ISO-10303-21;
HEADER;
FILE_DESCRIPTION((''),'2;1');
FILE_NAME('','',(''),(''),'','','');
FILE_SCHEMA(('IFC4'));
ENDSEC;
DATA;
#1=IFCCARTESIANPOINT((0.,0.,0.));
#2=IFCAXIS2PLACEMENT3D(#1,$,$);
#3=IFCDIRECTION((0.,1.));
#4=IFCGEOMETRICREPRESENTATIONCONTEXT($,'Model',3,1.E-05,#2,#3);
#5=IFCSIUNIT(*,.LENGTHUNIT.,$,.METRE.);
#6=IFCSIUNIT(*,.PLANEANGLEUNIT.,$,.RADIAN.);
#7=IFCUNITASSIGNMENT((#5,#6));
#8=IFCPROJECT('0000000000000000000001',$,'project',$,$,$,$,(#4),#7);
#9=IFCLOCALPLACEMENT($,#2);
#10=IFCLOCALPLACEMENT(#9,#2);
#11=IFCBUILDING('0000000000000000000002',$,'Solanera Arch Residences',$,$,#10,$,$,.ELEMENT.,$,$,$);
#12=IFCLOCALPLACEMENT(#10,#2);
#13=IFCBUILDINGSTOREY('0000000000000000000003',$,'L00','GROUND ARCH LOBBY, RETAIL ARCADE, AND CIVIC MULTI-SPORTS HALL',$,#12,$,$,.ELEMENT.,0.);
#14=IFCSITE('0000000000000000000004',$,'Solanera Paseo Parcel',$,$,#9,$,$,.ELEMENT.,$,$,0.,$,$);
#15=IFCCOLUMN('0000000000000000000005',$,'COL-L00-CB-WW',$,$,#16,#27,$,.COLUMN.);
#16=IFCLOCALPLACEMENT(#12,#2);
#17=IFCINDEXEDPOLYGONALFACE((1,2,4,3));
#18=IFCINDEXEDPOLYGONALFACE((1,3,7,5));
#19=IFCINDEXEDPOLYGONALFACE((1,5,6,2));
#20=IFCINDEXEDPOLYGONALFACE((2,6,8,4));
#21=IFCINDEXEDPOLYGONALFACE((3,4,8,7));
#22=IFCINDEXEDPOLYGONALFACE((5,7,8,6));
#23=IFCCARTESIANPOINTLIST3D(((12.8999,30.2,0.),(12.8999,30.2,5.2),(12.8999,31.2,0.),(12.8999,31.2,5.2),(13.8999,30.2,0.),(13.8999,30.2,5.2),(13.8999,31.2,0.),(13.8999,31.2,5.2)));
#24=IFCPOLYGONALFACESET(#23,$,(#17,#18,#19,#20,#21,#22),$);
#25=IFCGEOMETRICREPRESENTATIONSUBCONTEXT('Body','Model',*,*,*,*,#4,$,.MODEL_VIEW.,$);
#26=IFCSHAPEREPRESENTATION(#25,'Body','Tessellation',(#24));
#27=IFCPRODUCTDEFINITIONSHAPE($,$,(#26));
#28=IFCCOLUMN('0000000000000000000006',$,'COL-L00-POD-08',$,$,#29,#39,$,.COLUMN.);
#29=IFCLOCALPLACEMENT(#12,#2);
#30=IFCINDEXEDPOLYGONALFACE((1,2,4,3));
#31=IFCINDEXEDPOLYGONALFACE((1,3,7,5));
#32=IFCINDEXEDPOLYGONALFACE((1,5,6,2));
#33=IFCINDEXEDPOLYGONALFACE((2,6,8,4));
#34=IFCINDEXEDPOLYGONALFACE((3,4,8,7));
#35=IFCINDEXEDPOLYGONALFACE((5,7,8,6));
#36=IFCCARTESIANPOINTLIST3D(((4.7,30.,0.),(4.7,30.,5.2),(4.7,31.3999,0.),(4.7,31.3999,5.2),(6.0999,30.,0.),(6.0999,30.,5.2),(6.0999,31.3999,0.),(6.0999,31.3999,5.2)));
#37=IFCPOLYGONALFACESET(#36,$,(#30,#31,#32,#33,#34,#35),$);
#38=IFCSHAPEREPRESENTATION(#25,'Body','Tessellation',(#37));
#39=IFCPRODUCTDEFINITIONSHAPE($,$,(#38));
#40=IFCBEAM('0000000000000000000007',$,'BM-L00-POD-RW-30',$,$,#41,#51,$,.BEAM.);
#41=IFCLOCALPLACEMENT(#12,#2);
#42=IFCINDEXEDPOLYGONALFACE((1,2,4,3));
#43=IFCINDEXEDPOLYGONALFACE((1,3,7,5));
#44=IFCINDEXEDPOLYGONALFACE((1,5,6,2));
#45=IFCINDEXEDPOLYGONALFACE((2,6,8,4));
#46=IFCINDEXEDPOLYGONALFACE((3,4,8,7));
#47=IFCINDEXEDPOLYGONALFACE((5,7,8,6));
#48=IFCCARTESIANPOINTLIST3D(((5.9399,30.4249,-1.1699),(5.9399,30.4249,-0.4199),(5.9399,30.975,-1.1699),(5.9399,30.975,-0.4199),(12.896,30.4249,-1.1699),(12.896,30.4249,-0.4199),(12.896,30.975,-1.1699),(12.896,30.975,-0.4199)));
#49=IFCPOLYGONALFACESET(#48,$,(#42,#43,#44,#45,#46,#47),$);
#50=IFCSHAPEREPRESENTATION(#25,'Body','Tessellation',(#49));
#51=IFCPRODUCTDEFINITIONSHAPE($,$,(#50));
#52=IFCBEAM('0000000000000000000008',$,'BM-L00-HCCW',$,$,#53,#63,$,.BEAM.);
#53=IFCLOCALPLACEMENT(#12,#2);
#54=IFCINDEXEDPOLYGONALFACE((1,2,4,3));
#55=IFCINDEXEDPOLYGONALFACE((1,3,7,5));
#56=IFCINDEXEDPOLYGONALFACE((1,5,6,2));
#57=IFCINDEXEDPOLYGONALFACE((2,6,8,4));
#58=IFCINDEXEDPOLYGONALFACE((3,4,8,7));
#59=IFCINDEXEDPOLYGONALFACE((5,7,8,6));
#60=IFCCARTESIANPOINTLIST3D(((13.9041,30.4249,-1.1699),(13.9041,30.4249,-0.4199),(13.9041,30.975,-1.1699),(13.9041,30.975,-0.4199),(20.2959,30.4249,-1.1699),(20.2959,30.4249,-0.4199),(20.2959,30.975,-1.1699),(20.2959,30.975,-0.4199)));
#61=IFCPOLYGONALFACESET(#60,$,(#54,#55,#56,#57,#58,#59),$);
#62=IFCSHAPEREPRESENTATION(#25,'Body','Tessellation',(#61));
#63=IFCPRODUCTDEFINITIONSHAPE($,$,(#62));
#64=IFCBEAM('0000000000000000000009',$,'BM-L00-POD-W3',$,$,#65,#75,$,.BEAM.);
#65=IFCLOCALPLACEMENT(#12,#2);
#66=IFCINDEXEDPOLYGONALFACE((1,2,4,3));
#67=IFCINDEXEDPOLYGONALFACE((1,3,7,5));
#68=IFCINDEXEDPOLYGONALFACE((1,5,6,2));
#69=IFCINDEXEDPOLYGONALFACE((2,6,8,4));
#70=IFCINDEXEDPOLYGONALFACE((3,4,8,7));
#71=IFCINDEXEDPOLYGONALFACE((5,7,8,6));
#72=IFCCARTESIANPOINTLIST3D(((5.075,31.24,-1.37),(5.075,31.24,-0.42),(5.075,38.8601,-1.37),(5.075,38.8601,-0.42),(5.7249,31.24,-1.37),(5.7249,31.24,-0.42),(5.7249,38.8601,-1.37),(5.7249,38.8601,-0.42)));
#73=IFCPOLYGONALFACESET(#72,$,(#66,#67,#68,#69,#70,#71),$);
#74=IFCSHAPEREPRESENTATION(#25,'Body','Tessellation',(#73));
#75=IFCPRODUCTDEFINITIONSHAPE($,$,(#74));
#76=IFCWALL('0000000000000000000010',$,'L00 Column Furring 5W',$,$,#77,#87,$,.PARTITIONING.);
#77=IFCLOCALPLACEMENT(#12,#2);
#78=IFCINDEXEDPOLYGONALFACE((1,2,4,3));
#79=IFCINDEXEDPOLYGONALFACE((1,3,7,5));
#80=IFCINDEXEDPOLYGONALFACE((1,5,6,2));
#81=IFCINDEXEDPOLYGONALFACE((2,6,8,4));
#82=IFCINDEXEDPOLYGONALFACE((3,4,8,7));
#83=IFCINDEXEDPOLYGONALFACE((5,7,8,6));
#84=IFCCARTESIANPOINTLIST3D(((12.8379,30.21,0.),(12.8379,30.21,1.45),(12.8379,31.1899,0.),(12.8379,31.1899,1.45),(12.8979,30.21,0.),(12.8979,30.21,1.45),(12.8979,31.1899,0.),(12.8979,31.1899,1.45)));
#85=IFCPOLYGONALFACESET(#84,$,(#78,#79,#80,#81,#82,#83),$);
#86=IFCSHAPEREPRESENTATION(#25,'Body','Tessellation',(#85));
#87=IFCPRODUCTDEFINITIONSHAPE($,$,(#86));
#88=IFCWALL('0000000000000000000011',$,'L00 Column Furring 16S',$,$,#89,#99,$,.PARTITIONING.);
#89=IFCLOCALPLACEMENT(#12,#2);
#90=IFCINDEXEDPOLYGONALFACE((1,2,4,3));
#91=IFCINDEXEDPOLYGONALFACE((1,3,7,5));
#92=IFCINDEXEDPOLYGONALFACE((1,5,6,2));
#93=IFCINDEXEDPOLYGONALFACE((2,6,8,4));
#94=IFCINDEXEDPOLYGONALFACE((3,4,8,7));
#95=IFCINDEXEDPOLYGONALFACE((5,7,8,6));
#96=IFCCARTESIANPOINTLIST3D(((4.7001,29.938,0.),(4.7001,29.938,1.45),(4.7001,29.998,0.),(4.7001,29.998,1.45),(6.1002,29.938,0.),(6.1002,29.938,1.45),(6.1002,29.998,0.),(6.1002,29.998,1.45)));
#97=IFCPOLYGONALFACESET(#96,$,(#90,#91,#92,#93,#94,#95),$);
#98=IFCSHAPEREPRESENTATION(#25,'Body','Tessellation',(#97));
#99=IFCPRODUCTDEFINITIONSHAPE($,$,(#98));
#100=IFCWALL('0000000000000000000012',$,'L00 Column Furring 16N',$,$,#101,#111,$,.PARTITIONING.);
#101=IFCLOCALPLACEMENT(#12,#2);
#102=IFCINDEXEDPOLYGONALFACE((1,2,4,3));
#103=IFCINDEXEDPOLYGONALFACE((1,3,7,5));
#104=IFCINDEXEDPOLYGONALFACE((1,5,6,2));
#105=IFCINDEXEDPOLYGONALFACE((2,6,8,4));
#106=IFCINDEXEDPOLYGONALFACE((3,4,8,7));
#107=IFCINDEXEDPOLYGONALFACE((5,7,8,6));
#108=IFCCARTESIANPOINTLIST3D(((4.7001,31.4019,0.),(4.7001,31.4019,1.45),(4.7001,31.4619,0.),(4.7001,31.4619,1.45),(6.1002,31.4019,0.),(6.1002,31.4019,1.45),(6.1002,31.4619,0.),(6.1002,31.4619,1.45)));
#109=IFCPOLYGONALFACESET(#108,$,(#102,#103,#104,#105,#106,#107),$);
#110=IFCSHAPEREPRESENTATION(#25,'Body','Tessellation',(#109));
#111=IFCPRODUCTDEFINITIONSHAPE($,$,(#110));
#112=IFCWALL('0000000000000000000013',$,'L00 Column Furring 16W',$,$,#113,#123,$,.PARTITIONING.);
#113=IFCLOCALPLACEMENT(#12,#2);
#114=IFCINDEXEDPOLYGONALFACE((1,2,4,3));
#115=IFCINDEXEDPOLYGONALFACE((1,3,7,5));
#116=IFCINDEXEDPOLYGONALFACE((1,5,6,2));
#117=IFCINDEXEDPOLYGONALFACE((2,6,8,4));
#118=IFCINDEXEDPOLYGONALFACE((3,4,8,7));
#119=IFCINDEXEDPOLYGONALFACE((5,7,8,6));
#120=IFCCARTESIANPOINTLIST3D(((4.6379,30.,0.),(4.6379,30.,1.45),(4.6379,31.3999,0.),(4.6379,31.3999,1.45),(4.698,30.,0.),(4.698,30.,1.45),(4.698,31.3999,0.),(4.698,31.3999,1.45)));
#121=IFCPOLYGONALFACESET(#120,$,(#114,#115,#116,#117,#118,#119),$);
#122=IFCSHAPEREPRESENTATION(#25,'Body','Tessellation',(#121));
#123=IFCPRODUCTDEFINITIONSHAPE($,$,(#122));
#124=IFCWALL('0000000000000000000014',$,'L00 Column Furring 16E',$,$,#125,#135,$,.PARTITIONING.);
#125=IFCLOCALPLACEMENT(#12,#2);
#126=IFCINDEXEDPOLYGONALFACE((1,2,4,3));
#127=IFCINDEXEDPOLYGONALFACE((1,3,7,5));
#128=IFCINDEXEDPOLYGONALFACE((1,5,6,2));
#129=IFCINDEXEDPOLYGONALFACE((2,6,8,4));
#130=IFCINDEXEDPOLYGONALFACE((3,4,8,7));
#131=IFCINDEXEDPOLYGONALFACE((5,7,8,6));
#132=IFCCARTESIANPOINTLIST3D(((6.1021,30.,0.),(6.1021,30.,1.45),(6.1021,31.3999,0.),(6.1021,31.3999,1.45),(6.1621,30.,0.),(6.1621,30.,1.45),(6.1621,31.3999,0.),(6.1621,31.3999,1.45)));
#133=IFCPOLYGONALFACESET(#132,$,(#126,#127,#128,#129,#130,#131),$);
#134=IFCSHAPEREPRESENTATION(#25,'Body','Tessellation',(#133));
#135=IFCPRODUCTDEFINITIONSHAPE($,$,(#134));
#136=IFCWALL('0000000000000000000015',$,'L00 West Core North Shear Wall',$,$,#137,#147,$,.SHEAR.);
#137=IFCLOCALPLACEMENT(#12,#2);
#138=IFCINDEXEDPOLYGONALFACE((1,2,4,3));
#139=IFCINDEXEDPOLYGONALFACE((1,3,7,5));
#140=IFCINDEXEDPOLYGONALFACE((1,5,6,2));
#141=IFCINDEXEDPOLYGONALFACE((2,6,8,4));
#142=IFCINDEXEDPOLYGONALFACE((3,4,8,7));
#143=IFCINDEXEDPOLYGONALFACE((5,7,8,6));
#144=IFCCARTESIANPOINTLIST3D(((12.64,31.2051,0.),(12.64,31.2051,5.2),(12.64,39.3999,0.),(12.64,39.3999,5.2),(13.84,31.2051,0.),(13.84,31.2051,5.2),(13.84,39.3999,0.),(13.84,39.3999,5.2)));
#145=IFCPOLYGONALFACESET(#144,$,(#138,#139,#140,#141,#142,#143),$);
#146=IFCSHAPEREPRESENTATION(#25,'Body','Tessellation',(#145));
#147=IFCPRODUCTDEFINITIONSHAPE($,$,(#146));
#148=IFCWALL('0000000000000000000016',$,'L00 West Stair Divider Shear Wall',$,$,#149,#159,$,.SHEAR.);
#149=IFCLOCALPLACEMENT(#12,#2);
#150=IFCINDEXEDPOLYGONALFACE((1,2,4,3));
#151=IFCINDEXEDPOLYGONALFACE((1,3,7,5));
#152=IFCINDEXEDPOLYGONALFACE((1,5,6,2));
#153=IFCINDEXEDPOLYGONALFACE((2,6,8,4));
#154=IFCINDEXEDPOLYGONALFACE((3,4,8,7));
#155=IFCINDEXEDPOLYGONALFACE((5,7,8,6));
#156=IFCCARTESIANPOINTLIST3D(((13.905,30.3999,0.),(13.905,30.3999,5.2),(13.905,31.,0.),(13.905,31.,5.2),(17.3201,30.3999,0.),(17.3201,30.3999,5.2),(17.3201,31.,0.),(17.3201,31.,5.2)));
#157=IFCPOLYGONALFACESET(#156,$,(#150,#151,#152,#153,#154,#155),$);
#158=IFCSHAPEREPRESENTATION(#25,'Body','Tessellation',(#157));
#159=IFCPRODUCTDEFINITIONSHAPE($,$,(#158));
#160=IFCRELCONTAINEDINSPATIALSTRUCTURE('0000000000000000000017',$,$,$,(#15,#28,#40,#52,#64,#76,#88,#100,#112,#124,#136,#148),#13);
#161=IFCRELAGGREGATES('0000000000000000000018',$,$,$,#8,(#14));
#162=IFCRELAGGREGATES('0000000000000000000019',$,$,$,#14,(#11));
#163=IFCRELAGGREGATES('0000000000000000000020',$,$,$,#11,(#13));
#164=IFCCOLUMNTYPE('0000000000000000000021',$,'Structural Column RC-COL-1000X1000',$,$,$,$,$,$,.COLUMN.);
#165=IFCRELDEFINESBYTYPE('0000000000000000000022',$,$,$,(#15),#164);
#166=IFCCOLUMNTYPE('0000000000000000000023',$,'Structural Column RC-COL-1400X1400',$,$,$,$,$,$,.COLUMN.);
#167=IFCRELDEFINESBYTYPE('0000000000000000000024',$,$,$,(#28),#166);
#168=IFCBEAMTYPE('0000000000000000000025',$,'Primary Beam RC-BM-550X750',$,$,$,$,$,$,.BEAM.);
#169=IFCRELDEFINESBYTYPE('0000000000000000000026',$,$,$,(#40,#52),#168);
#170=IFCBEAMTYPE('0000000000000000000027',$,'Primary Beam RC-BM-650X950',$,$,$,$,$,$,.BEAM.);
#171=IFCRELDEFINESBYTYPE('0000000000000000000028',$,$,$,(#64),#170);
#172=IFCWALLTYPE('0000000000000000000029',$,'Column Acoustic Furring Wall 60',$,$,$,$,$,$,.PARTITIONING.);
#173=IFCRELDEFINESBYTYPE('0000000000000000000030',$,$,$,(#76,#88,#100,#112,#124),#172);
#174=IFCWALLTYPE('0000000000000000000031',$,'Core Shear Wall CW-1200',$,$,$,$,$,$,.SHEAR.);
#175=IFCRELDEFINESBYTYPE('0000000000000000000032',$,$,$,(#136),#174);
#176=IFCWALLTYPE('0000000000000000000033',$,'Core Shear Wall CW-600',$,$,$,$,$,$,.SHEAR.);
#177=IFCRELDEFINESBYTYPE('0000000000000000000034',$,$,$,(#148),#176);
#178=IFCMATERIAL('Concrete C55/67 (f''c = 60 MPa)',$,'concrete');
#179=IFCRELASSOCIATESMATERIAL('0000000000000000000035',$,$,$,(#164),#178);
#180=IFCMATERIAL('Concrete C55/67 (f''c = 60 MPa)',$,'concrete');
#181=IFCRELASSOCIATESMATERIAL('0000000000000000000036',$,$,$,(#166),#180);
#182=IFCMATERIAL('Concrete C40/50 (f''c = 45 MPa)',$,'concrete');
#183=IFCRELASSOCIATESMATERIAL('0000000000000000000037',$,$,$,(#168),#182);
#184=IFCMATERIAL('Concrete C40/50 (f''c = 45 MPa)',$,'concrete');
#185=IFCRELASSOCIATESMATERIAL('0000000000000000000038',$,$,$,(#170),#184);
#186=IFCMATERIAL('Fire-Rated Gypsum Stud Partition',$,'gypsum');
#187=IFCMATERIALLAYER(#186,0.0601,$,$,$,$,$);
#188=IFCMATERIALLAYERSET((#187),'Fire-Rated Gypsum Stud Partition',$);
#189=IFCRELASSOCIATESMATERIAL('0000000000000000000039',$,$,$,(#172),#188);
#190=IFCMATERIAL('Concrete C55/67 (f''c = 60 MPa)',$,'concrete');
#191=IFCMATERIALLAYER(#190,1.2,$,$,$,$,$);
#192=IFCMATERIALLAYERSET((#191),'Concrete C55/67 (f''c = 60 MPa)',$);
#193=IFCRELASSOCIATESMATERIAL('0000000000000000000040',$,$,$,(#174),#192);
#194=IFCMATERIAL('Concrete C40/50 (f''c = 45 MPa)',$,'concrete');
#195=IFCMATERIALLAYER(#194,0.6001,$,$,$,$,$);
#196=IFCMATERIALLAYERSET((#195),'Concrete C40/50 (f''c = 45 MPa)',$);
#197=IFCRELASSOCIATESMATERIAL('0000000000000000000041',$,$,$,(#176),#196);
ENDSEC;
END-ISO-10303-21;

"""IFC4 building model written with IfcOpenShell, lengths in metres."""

from ifc_helpers import new_model, si_unit, direction, frame, frame_2d, origin, origin_2d, place, context, subcontext, project, spatial, rectangle, extrude, material, layer, layer_set, material_profile, profile_set, type_object, element, save


model = new_model("IFC4")

# Units and contexts
model_context = context("Model", 3, precision=1e-05, world=origin(), true_north=direction((0.0, 1.0)))
body_context = subcontext(model_context, "Body", "Model", "MODEL_VIEW")
ifc_project = project(units=[si_unit("LENGTHUNIT", "METRE"), si_unit("PLANEANGLEUNIT", "RADIAN")], contexts=[model_context])

# Site, building, storey
site_placement = place(None, origin())
site = spatial("IfcSite", under=ifc_project, at=site_placement, Name="Solanera Paseo Parcel", CompositionType="ELEMENT", RefElevation=0.0)
building_placement = place(site_placement, origin())
building = spatial("IfcBuilding", under=site, at=building_placement, Name="Solanera Arch Residences", CompositionType="ELEMENT")
storey_placement = place(building_placement, origin())
storey = spatial("IfcBuildingStorey", under=building, at=storey_placement, Name="L00", Description="GROUND ARCH LOBBY, RETAIL ARCADE, AND CIVIC MULTI-SPORTS HALL", CompositionType="ELEMENT", Elevation=0.0)

# Columns
ifc_material_1 = material(Name="Concrete C55/67 (f'c = 60 MPa)", Category="concrete")
ifc_material_profile_1 = material_profile(ifc_material_1, rectangle(XDim=1.0, YDim=1.0, at=origin_2d()))
ifc_profile_set_1 = profile_set([ifc_material_profile_1], Name="Concrete C55/67 (f'c = 60 MPa)")
column_type_1 = type_object("IfcColumnType", Name="Structural Column RC-COL-1000X1000", PredefinedType="COLUMN", material=ifc_profile_set_1)
column_1_placement = place(storey_placement, frame((13.3999, 30.7, 0.0), z_axis=(0.0, 0.0, 1.0), x_axis=(1.0, 0.0, 0.0)))
element("IfcColumn", 1, at=column_1_placement, inside=storey, type_object=column_type_1, Name="COL-L00-CB-WW", PredefinedType="COLUMN", context=body_context, shape_type="SweptSolid", body=[
    extrude(rectangle(XDim=1.0, YDim=1.0, at=origin_2d()), origin(), (0.0, 0.0, 1.0), 5.2),
])
ifc_material_2 = material(Name="Concrete C55/67 (f'c = 60 MPa)", Category="concrete")
ifc_material_profile_2 = material_profile(ifc_material_2, rectangle(XDim=1.3999, YDim=1.3999, at=origin_2d()))
ifc_profile_set_2 = profile_set([ifc_material_profile_2], Name="Concrete C55/67 (f'c = 60 MPa)")
column_type_2 = type_object("IfcColumnType", Name="Structural Column RC-COL-1400X1400", PredefinedType="COLUMN", material=ifc_profile_set_2)
column_2_placement = place(storey_placement, frame((5.3999, 30.7, 0.0), z_axis=(0.0, 0.0, 1.0), x_axis=(1.0, 0.0, 0.0)))
element("IfcColumn", 2, at=column_2_placement, inside=storey, type_object=column_type_2, Name="COL-L00-POD-08", PredefinedType="COLUMN", context=body_context, shape_type="SweptSolid", body=[
    extrude(rectangle(XDim=1.3999, YDim=1.3999, at=origin_2d()), origin(), (0.0, 0.0, 1.0), 5.2),
])

# Beams
ifc_material_3 = material(Name="Concrete C40/50 (f'c = 45 MPa)", Category="concrete")
ifc_material_profile_3 = material_profile(ifc_material_3, rectangle(XDim=0.55, YDim=0.75, at=origin_2d()))
ifc_profile_set_3 = profile_set([ifc_material_profile_3], Name="Concrete C40/50 (f'c = 45 MPa)")
beam_type_1 = type_object("IfcBeamType", Name="Primary Beam RC-BM-550X750", PredefinedType="BEAM", material=ifc_profile_set_3)
beam_1_placement = place(storey_placement, frame((5.9399, 30.7, -0.7949), z_axis=(1.0, 0.0, 0.0), x_axis=(0.0, 1.0, 0.0)))
element("IfcBeam", 3, at=beam_1_placement, inside=storey, type_object=beam_type_1, Name="BM-L00-POD-RW-30", PredefinedType="BEAM", context=body_context, shape_type="SweptSolid", body=[
    extrude(rectangle(XDim=0.55, YDim=0.75, at=origin_2d()), origin(), (0.0, 0.0, 1.0), 6.9561),
])
beam_2_placement = place(storey_placement, frame((13.9041, 30.7, -0.7949), z_axis=(1.0, 0.0, 0.0), x_axis=(0.0, 1.0, 0.0)))
element("IfcBeam", 4, at=beam_2_placement, inside=storey, type_object=beam_type_1, Name="BM-L00-HCCW", PredefinedType="BEAM", context=body_context, shape_type="SweptSolid", body=[
    extrude(rectangle(XDim=0.55, YDim=0.75, at=origin_2d()), origin(), (0.0, 0.0, 1.0), 6.3918),
])
ifc_material_4 = material(Name="Concrete C40/50 (f'c = 45 MPa)", Category="concrete")
ifc_material_profile_4 = material_profile(ifc_material_4, rectangle(XDim=0.6499, YDim=0.95, at=origin_2d()))
ifc_profile_set_4 = profile_set([ifc_material_profile_4], Name="Concrete C40/50 (f'c = 45 MPa)")
beam_type_2 = type_object("IfcBeamType", Name="Primary Beam RC-BM-650X950", PredefinedType="BEAM", material=ifc_profile_set_4)
beam_3_placement = place(storey_placement, frame((5.3999, 31.24, -0.895), z_axis=(0.0, 1.0, 0.0), x_axis=(-1.0, 0.0, 0.0)))
element("IfcBeam", 5, at=beam_3_placement, inside=storey, type_object=beam_type_2, Name="BM-L00-POD-W3", PredefinedType="BEAM", context=body_context, shape_type="SweptSolid", body=[
    extrude(rectangle(XDim=0.6499, YDim=0.95, at=origin_2d()), origin(), (0.0, 0.0, 1.0), 7.6201),
])

# Walls
ifc_material_5 = material(Name="Fire-Rated Gypsum Stud Partition", Category="gypsum")
ifc_layer_1 = layer(ifc_material_5, 0.0601)
ifc_layer_set_1 = layer_set([ifc_layer_1], Name="Fire-Rated Gypsum Stud Partition")
wall_type_1 = type_object("IfcWallType", Name="Column Acoustic Furring Wall 60", PredefinedType="PARTITIONING", material=ifc_layer_set_1)
wall_1_placement = place(storey_placement, frame((12.8679, 30.21, 0.0), z_axis=(0.0, 0.0, 1.0), x_axis=(0.0, 1.0, 0.0)))
element("IfcWall", 6, at=wall_1_placement, inside=storey, type_object=wall_type_1, Name="L00 Column Furring 5W", PredefinedType="PARTITIONING", context=body_context, shape_type="SweptSolid", body=[
    extrude(rectangle(XDim=0.98, YDim=0.0601, at=frame_2d((0.49, 0.0))), origin(), (0.0, 0.0, 1.0), 1.45),
])
for number, where, z_axis, x_axis, name in (
    (7, (4.7, 29.968, 0.0), (0.0, 0.0, 1.0), (1.0, 0.0, 0.0), "L00 Column Furring 16S"),
    (8, (4.7, 31.4319, 0.0), (0.0, 0.0, 1.0), (1.0, 0.0, 0.0), "L00 Column Furring 16N"),
):
    element("IfcWall", number, at=place(storey_placement, frame(where, z_axis=z_axis, x_axis=x_axis)), inside=storey, type_object=wall_type_1, Name=name, PredefinedType="PARTITIONING", context=body_context, shape_type="SweptSolid", body=[
        extrude(rectangle(XDim=1.4001, YDim=0.0601, at=frame_2d((0.7002, 0.0))), origin(), (0.0, 0.0, 1.0), 1.45),
    ])
for number, where, z_axis, x_axis, name in (
    (9, (4.668, 30.0, 0.0), (0.0, 0.0, 1.0), (0.0, 1.0, 0.0), "L00 Column Furring 16W"),
    (10, (6.1321, 30.0, 0.0), (0.0, 0.0, 1.0), (0.0, 1.0, 0.0), "L00 Column Furring 16E"),
):
    element("IfcWall", number, at=place(storey_placement, frame(where, z_axis=z_axis, x_axis=x_axis)), inside=storey, type_object=wall_type_1, Name=name, PredefinedType="PARTITIONING", context=body_context, shape_type="SweptSolid", body=[
        extrude(rectangle(XDim=1.3999, YDim=0.0601, at=frame_2d((0.7, 0.0))), origin(), (0.0, 0.0, 1.0), 1.45),
    ])
ifc_material_6 = material(Name="Concrete C55/67 (f'c = 60 MPa)", Category="concrete")
ifc_layer_2 = layer(ifc_material_6, 1.2)
ifc_layer_set_2 = layer_set([ifc_layer_2], Name="Concrete C55/67 (f'c = 60 MPa)")
wall_type_2 = type_object("IfcWallType", Name="Core Shear Wall CW-1200", PredefinedType="SHEAR", material=ifc_layer_set_2)
wall_2_placement = place(storey_placement, frame((13.24, 31.2051, 0.0), z_axis=(0.0, 0.0, 1.0), x_axis=(0.0, 1.0, 0.0)))
element("IfcWall", 11, at=wall_2_placement, inside=storey, type_object=wall_type_2, Name="L00 West Core North Shear Wall", PredefinedType="SHEAR", context=body_context, shape_type="SweptSolid", body=[
    extrude(rectangle(XDim=8.1948, YDim=1.2, at=frame_2d((4.0974, 0.0))), origin(), (0.0, 0.0, 1.0), 5.2),
])
ifc_material_7 = material(Name="Concrete C40/50 (f'c = 45 MPa)", Category="concrete")
ifc_layer_3 = layer(ifc_material_7, 0.6001)
ifc_layer_set_3 = layer_set([ifc_layer_3], Name="Concrete C40/50 (f'c = 45 MPa)")
wall_type_3 = type_object("IfcWallType", Name="Core Shear Wall CW-600", PredefinedType="SHEAR", material=ifc_layer_set_3)
wall_3_placement = place(storey_placement, frame((13.905, 30.7, 0.0), z_axis=(0.0, 0.0, 1.0), x_axis=(1.0, 0.0, 0.0)))
element("IfcWall", 12, at=wall_3_placement, inside=storey, type_object=wall_type_3, Name="L00 West Stair Divider Shear Wall", PredefinedType="SHEAR", context=body_context, shape_type="SweptSolid", body=[
    extrude(rectangle(XDim=3.415, YDim=0.6001, at=frame_2d((1.7075, 0.0))), origin(), (0.0, 0.0, 1.0), 5.2),
])

save(model, "model.ifc")
